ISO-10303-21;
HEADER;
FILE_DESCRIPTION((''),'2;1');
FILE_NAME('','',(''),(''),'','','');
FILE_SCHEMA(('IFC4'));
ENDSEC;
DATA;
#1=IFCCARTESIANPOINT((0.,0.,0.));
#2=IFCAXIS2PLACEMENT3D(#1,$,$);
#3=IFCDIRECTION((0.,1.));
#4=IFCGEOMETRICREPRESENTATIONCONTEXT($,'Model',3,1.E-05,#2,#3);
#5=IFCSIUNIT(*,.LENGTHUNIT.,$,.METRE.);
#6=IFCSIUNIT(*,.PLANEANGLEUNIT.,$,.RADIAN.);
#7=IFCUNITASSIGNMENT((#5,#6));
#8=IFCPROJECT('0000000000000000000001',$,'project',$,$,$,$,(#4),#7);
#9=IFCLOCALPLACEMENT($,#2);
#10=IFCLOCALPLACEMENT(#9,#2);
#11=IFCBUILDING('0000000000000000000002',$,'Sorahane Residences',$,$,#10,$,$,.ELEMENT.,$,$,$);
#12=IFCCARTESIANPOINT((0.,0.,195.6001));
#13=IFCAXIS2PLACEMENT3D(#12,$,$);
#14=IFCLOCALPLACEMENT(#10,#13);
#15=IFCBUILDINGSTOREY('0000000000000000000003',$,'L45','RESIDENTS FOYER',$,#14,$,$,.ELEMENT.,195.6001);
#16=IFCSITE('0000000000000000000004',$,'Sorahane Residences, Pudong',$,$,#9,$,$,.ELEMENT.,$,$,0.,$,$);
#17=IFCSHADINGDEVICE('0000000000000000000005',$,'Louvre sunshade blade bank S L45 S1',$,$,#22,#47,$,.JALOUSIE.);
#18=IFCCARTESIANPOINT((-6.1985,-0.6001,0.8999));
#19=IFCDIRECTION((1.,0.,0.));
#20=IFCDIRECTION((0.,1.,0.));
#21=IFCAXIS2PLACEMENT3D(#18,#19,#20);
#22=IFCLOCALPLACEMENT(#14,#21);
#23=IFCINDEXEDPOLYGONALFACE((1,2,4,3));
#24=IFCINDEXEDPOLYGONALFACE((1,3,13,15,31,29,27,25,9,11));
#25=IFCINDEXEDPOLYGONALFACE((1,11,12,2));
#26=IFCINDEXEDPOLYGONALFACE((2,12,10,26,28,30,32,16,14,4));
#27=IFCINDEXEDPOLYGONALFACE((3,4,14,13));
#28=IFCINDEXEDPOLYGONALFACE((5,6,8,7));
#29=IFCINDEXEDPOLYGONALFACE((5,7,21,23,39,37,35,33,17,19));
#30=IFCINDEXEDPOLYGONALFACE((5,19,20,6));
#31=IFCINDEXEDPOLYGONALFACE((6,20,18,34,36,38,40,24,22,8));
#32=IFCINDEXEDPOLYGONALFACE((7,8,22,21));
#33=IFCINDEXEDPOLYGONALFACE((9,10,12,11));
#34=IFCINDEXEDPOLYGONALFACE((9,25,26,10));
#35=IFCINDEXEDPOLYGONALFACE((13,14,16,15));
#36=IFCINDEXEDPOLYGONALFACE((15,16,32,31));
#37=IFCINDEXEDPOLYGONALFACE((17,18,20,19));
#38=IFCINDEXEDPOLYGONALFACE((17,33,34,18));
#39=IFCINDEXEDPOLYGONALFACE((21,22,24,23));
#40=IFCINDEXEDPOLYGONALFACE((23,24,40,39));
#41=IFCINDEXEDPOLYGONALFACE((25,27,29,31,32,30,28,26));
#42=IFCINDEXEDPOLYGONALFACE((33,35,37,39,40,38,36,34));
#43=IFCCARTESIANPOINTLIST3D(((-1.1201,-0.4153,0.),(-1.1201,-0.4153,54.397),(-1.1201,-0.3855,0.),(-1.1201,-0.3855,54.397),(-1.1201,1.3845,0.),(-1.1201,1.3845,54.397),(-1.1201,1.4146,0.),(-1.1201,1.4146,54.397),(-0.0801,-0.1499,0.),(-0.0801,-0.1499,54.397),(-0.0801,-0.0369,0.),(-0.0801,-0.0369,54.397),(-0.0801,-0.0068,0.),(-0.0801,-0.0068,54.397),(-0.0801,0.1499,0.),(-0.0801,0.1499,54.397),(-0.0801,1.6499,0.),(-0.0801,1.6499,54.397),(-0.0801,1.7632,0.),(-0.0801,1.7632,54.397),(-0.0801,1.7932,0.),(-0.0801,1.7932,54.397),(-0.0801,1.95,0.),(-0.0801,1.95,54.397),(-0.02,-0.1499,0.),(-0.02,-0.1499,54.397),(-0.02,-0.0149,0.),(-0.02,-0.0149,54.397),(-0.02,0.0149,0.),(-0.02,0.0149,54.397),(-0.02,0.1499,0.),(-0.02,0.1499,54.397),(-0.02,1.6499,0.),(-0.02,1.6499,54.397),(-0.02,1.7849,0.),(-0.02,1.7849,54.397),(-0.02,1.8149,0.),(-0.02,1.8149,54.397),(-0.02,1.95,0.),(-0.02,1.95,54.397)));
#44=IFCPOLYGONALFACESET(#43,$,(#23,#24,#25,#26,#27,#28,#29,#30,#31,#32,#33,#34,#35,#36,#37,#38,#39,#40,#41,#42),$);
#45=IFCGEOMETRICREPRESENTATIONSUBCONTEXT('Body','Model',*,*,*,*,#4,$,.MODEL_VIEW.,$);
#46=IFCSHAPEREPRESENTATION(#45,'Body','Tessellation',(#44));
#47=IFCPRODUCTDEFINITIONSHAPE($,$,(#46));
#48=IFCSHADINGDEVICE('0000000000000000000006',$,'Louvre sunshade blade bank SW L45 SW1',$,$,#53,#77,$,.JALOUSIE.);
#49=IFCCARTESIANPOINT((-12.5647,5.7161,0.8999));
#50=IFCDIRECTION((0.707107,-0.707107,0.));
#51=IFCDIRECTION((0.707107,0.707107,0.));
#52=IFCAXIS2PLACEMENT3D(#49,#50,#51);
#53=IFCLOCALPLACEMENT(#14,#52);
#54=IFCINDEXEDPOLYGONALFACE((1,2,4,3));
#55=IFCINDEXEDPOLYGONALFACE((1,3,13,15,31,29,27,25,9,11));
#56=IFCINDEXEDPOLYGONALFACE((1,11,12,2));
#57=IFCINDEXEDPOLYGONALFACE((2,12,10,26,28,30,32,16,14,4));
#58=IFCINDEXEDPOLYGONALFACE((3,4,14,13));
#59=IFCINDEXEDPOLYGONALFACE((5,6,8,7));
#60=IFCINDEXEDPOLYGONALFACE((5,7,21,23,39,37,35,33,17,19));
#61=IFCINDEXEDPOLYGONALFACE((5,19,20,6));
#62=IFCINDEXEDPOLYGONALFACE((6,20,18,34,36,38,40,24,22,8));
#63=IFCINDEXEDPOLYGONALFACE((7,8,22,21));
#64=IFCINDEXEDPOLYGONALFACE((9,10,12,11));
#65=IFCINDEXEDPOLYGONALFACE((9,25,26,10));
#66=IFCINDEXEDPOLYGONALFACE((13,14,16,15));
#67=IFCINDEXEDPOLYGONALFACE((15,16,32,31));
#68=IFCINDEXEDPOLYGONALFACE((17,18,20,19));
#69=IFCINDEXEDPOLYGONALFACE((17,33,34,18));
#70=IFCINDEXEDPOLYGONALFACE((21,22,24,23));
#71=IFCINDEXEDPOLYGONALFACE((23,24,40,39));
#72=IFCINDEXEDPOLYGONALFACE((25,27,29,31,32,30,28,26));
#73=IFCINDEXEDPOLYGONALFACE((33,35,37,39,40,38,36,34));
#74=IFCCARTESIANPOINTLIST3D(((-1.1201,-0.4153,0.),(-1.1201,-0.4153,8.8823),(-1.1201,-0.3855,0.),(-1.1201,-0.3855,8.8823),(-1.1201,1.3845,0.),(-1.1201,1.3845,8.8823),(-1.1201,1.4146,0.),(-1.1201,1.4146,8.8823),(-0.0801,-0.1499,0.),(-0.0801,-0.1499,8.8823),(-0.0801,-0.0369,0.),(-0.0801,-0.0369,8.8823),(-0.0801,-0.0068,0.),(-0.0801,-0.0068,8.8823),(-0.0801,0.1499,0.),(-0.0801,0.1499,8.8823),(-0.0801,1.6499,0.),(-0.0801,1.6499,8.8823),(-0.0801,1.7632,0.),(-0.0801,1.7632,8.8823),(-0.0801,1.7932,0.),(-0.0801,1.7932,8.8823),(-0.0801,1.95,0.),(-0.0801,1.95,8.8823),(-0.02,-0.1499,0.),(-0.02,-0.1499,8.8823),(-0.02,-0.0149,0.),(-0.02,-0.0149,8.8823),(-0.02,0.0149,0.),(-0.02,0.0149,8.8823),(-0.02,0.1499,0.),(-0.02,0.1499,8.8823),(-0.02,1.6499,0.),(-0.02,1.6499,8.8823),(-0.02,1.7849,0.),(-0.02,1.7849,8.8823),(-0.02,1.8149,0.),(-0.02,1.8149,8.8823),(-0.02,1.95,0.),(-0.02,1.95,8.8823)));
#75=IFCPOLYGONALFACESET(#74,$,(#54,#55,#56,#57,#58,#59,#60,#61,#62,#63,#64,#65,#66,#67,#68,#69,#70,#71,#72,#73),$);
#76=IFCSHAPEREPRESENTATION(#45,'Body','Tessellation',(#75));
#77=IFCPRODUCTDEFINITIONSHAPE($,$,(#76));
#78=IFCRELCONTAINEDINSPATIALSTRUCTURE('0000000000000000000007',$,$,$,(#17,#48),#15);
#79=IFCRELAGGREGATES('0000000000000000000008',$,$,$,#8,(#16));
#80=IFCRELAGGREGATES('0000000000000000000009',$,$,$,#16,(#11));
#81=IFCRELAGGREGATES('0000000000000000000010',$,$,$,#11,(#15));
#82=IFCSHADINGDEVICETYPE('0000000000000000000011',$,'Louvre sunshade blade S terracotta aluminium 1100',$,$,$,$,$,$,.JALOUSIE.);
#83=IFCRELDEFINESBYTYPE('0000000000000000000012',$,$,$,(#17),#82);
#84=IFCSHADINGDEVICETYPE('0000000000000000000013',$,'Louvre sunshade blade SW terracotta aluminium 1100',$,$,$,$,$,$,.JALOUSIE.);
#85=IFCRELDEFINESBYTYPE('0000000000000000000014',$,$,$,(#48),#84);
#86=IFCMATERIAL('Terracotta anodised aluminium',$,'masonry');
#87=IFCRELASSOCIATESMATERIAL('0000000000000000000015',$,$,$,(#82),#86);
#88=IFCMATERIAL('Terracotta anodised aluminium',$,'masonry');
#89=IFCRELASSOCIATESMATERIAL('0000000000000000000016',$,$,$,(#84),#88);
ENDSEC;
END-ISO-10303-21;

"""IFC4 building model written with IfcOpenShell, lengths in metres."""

from ifc_helpers import new_model, si_unit, direction, frame, origin, place, context, subcontext, project, spatial, polyline, outline, composite_profile, extrude, material, type_object, element, save


model = new_model("IFC4")

# Units and contexts
model_context = context("Model", 3, precision=1e-05, world=origin(), true_north=direction((0.0, 1.0)))
body_context = subcontext(model_context, "Body", "Model", "MODEL_VIEW")
ifc_project = project(units=[si_unit("LENGTHUNIT", "METRE"), si_unit("PLANEANGLEUNIT", "RADIAN")], contexts=[model_context])

# Site, building, storey
site_placement = place(None, origin())
site = spatial("IfcSite", under=ifc_project, at=site_placement, Name="Sorahane Residences, Pudong", CompositionType="ELEMENT", RefElevation=0.0)
building_placement = place(site_placement, origin())
building = spatial("IfcBuilding", under=site, at=building_placement, Name="Sorahane Residences", CompositionType="ELEMENT")
storey_placement = place(building_placement, frame((0.0, 0.0, 195.6001)))
storey = spatial("IfcBuildingStorey", under=building, at=storey_placement, Name="L45", Description="RESIDENTS FOYER", CompositionType="ELEMENT", Elevation=195.6001)

# Shading devices
ifc_material_1 = material(Name="Terracotta anodised aluminium", Category="masonry")
shading_device_type_1 = type_object("IfcShadingDeviceType", Name="Louvre sunshade blade S terracotta aluminium 1100", PredefinedType="JALOUSIE", material=ifc_material_1)
shading_device_1_placement = place(storey_placement, frame((-6.1985, -0.6001, 0.8999), z_axis=(1.0, 0.0, 0.0), x_axis=(0.0, 1.0, 0.0)))
element("IfcShadingDevice", 1, at=shading_device_1_placement, inside=storey, type_object=shading_device_type_1, Name="Louvre sunshade blade bank S L45 S1", PredefinedType="JALOUSIE", context=body_context, shape_type="SweptSolid", body=[
    extrude(composite_profile([outline(polyline([(-1.1201, -0.3855), (-1.1201, -0.4153), (-0.0801, -0.0369), (-0.0801, -0.1499), (-0.02, -0.1499), (-0.02, -0.0149), (-0.02, 0.0149), (-0.02, 0.1499), (-0.0801, 0.1499), (-0.0801, -0.0068), (-1.1201, -0.3855)])), outline(polyline([(-1.1201, 1.4146), (-1.1201, 1.3845), (-0.0801, 1.7632), (-0.0801, 1.6499), (-0.02, 1.6499), (-0.02, 1.7849), (-0.02, 1.8149), (-0.02, 1.95), (-0.0801, 1.95), (-0.0801, 1.7932), (-1.1201, 1.4146)]))]), origin(), (0.0, 0.0, 1.0), 54.397),
])
ifc_material_2 = material(Name="Terracotta anodised aluminium", Category="masonry")
shading_device_type_2 = type_object("IfcShadingDeviceType", Name="Louvre sunshade blade SW terracotta aluminium 1100", PredefinedType="JALOUSIE", material=ifc_material_2)
shading_device_2_placement = place(storey_placement, frame((-12.5647, 5.7161, 0.8999), z_axis=(0.707107, -0.707107, 0.0), x_axis=(0.707107, 0.707107, 0.0)))
element("IfcShadingDevice", 2, at=shading_device_2_placement, inside=storey, type_object=shading_device_type_2, Name="Louvre sunshade blade bank SW L45 SW1", PredefinedType="JALOUSIE", context=body_context, shape_type="SweptSolid", body=[
    extrude(composite_profile([outline(polyline([(-1.1201, -0.3855), (-1.1201, -0.4153), (-0.0801, -0.0369), (-0.0801, -0.1499), (-0.02, -0.1499), (-0.02, -0.0149), (-0.02, 0.0149), (-0.02, 0.1499), (-0.0801, 0.1499), (-0.0801, -0.0068), (-1.1201, -0.3855)])), outline(polyline([(-1.1201, 1.4146), (-1.1201, 1.3845), (-0.0801, 1.7632), (-0.0801, 1.6499), (-0.02, 1.6499), (-0.02, 1.7849), (-0.02, 1.8149), (-0.02, 1.95), (-0.0801, 1.95), (-0.0801, 1.7932), (-1.1201, 1.4146)]))]), origin(), (0.0, 0.0, 1.0), 8.8823),
])

save(model, "model.ifc")
